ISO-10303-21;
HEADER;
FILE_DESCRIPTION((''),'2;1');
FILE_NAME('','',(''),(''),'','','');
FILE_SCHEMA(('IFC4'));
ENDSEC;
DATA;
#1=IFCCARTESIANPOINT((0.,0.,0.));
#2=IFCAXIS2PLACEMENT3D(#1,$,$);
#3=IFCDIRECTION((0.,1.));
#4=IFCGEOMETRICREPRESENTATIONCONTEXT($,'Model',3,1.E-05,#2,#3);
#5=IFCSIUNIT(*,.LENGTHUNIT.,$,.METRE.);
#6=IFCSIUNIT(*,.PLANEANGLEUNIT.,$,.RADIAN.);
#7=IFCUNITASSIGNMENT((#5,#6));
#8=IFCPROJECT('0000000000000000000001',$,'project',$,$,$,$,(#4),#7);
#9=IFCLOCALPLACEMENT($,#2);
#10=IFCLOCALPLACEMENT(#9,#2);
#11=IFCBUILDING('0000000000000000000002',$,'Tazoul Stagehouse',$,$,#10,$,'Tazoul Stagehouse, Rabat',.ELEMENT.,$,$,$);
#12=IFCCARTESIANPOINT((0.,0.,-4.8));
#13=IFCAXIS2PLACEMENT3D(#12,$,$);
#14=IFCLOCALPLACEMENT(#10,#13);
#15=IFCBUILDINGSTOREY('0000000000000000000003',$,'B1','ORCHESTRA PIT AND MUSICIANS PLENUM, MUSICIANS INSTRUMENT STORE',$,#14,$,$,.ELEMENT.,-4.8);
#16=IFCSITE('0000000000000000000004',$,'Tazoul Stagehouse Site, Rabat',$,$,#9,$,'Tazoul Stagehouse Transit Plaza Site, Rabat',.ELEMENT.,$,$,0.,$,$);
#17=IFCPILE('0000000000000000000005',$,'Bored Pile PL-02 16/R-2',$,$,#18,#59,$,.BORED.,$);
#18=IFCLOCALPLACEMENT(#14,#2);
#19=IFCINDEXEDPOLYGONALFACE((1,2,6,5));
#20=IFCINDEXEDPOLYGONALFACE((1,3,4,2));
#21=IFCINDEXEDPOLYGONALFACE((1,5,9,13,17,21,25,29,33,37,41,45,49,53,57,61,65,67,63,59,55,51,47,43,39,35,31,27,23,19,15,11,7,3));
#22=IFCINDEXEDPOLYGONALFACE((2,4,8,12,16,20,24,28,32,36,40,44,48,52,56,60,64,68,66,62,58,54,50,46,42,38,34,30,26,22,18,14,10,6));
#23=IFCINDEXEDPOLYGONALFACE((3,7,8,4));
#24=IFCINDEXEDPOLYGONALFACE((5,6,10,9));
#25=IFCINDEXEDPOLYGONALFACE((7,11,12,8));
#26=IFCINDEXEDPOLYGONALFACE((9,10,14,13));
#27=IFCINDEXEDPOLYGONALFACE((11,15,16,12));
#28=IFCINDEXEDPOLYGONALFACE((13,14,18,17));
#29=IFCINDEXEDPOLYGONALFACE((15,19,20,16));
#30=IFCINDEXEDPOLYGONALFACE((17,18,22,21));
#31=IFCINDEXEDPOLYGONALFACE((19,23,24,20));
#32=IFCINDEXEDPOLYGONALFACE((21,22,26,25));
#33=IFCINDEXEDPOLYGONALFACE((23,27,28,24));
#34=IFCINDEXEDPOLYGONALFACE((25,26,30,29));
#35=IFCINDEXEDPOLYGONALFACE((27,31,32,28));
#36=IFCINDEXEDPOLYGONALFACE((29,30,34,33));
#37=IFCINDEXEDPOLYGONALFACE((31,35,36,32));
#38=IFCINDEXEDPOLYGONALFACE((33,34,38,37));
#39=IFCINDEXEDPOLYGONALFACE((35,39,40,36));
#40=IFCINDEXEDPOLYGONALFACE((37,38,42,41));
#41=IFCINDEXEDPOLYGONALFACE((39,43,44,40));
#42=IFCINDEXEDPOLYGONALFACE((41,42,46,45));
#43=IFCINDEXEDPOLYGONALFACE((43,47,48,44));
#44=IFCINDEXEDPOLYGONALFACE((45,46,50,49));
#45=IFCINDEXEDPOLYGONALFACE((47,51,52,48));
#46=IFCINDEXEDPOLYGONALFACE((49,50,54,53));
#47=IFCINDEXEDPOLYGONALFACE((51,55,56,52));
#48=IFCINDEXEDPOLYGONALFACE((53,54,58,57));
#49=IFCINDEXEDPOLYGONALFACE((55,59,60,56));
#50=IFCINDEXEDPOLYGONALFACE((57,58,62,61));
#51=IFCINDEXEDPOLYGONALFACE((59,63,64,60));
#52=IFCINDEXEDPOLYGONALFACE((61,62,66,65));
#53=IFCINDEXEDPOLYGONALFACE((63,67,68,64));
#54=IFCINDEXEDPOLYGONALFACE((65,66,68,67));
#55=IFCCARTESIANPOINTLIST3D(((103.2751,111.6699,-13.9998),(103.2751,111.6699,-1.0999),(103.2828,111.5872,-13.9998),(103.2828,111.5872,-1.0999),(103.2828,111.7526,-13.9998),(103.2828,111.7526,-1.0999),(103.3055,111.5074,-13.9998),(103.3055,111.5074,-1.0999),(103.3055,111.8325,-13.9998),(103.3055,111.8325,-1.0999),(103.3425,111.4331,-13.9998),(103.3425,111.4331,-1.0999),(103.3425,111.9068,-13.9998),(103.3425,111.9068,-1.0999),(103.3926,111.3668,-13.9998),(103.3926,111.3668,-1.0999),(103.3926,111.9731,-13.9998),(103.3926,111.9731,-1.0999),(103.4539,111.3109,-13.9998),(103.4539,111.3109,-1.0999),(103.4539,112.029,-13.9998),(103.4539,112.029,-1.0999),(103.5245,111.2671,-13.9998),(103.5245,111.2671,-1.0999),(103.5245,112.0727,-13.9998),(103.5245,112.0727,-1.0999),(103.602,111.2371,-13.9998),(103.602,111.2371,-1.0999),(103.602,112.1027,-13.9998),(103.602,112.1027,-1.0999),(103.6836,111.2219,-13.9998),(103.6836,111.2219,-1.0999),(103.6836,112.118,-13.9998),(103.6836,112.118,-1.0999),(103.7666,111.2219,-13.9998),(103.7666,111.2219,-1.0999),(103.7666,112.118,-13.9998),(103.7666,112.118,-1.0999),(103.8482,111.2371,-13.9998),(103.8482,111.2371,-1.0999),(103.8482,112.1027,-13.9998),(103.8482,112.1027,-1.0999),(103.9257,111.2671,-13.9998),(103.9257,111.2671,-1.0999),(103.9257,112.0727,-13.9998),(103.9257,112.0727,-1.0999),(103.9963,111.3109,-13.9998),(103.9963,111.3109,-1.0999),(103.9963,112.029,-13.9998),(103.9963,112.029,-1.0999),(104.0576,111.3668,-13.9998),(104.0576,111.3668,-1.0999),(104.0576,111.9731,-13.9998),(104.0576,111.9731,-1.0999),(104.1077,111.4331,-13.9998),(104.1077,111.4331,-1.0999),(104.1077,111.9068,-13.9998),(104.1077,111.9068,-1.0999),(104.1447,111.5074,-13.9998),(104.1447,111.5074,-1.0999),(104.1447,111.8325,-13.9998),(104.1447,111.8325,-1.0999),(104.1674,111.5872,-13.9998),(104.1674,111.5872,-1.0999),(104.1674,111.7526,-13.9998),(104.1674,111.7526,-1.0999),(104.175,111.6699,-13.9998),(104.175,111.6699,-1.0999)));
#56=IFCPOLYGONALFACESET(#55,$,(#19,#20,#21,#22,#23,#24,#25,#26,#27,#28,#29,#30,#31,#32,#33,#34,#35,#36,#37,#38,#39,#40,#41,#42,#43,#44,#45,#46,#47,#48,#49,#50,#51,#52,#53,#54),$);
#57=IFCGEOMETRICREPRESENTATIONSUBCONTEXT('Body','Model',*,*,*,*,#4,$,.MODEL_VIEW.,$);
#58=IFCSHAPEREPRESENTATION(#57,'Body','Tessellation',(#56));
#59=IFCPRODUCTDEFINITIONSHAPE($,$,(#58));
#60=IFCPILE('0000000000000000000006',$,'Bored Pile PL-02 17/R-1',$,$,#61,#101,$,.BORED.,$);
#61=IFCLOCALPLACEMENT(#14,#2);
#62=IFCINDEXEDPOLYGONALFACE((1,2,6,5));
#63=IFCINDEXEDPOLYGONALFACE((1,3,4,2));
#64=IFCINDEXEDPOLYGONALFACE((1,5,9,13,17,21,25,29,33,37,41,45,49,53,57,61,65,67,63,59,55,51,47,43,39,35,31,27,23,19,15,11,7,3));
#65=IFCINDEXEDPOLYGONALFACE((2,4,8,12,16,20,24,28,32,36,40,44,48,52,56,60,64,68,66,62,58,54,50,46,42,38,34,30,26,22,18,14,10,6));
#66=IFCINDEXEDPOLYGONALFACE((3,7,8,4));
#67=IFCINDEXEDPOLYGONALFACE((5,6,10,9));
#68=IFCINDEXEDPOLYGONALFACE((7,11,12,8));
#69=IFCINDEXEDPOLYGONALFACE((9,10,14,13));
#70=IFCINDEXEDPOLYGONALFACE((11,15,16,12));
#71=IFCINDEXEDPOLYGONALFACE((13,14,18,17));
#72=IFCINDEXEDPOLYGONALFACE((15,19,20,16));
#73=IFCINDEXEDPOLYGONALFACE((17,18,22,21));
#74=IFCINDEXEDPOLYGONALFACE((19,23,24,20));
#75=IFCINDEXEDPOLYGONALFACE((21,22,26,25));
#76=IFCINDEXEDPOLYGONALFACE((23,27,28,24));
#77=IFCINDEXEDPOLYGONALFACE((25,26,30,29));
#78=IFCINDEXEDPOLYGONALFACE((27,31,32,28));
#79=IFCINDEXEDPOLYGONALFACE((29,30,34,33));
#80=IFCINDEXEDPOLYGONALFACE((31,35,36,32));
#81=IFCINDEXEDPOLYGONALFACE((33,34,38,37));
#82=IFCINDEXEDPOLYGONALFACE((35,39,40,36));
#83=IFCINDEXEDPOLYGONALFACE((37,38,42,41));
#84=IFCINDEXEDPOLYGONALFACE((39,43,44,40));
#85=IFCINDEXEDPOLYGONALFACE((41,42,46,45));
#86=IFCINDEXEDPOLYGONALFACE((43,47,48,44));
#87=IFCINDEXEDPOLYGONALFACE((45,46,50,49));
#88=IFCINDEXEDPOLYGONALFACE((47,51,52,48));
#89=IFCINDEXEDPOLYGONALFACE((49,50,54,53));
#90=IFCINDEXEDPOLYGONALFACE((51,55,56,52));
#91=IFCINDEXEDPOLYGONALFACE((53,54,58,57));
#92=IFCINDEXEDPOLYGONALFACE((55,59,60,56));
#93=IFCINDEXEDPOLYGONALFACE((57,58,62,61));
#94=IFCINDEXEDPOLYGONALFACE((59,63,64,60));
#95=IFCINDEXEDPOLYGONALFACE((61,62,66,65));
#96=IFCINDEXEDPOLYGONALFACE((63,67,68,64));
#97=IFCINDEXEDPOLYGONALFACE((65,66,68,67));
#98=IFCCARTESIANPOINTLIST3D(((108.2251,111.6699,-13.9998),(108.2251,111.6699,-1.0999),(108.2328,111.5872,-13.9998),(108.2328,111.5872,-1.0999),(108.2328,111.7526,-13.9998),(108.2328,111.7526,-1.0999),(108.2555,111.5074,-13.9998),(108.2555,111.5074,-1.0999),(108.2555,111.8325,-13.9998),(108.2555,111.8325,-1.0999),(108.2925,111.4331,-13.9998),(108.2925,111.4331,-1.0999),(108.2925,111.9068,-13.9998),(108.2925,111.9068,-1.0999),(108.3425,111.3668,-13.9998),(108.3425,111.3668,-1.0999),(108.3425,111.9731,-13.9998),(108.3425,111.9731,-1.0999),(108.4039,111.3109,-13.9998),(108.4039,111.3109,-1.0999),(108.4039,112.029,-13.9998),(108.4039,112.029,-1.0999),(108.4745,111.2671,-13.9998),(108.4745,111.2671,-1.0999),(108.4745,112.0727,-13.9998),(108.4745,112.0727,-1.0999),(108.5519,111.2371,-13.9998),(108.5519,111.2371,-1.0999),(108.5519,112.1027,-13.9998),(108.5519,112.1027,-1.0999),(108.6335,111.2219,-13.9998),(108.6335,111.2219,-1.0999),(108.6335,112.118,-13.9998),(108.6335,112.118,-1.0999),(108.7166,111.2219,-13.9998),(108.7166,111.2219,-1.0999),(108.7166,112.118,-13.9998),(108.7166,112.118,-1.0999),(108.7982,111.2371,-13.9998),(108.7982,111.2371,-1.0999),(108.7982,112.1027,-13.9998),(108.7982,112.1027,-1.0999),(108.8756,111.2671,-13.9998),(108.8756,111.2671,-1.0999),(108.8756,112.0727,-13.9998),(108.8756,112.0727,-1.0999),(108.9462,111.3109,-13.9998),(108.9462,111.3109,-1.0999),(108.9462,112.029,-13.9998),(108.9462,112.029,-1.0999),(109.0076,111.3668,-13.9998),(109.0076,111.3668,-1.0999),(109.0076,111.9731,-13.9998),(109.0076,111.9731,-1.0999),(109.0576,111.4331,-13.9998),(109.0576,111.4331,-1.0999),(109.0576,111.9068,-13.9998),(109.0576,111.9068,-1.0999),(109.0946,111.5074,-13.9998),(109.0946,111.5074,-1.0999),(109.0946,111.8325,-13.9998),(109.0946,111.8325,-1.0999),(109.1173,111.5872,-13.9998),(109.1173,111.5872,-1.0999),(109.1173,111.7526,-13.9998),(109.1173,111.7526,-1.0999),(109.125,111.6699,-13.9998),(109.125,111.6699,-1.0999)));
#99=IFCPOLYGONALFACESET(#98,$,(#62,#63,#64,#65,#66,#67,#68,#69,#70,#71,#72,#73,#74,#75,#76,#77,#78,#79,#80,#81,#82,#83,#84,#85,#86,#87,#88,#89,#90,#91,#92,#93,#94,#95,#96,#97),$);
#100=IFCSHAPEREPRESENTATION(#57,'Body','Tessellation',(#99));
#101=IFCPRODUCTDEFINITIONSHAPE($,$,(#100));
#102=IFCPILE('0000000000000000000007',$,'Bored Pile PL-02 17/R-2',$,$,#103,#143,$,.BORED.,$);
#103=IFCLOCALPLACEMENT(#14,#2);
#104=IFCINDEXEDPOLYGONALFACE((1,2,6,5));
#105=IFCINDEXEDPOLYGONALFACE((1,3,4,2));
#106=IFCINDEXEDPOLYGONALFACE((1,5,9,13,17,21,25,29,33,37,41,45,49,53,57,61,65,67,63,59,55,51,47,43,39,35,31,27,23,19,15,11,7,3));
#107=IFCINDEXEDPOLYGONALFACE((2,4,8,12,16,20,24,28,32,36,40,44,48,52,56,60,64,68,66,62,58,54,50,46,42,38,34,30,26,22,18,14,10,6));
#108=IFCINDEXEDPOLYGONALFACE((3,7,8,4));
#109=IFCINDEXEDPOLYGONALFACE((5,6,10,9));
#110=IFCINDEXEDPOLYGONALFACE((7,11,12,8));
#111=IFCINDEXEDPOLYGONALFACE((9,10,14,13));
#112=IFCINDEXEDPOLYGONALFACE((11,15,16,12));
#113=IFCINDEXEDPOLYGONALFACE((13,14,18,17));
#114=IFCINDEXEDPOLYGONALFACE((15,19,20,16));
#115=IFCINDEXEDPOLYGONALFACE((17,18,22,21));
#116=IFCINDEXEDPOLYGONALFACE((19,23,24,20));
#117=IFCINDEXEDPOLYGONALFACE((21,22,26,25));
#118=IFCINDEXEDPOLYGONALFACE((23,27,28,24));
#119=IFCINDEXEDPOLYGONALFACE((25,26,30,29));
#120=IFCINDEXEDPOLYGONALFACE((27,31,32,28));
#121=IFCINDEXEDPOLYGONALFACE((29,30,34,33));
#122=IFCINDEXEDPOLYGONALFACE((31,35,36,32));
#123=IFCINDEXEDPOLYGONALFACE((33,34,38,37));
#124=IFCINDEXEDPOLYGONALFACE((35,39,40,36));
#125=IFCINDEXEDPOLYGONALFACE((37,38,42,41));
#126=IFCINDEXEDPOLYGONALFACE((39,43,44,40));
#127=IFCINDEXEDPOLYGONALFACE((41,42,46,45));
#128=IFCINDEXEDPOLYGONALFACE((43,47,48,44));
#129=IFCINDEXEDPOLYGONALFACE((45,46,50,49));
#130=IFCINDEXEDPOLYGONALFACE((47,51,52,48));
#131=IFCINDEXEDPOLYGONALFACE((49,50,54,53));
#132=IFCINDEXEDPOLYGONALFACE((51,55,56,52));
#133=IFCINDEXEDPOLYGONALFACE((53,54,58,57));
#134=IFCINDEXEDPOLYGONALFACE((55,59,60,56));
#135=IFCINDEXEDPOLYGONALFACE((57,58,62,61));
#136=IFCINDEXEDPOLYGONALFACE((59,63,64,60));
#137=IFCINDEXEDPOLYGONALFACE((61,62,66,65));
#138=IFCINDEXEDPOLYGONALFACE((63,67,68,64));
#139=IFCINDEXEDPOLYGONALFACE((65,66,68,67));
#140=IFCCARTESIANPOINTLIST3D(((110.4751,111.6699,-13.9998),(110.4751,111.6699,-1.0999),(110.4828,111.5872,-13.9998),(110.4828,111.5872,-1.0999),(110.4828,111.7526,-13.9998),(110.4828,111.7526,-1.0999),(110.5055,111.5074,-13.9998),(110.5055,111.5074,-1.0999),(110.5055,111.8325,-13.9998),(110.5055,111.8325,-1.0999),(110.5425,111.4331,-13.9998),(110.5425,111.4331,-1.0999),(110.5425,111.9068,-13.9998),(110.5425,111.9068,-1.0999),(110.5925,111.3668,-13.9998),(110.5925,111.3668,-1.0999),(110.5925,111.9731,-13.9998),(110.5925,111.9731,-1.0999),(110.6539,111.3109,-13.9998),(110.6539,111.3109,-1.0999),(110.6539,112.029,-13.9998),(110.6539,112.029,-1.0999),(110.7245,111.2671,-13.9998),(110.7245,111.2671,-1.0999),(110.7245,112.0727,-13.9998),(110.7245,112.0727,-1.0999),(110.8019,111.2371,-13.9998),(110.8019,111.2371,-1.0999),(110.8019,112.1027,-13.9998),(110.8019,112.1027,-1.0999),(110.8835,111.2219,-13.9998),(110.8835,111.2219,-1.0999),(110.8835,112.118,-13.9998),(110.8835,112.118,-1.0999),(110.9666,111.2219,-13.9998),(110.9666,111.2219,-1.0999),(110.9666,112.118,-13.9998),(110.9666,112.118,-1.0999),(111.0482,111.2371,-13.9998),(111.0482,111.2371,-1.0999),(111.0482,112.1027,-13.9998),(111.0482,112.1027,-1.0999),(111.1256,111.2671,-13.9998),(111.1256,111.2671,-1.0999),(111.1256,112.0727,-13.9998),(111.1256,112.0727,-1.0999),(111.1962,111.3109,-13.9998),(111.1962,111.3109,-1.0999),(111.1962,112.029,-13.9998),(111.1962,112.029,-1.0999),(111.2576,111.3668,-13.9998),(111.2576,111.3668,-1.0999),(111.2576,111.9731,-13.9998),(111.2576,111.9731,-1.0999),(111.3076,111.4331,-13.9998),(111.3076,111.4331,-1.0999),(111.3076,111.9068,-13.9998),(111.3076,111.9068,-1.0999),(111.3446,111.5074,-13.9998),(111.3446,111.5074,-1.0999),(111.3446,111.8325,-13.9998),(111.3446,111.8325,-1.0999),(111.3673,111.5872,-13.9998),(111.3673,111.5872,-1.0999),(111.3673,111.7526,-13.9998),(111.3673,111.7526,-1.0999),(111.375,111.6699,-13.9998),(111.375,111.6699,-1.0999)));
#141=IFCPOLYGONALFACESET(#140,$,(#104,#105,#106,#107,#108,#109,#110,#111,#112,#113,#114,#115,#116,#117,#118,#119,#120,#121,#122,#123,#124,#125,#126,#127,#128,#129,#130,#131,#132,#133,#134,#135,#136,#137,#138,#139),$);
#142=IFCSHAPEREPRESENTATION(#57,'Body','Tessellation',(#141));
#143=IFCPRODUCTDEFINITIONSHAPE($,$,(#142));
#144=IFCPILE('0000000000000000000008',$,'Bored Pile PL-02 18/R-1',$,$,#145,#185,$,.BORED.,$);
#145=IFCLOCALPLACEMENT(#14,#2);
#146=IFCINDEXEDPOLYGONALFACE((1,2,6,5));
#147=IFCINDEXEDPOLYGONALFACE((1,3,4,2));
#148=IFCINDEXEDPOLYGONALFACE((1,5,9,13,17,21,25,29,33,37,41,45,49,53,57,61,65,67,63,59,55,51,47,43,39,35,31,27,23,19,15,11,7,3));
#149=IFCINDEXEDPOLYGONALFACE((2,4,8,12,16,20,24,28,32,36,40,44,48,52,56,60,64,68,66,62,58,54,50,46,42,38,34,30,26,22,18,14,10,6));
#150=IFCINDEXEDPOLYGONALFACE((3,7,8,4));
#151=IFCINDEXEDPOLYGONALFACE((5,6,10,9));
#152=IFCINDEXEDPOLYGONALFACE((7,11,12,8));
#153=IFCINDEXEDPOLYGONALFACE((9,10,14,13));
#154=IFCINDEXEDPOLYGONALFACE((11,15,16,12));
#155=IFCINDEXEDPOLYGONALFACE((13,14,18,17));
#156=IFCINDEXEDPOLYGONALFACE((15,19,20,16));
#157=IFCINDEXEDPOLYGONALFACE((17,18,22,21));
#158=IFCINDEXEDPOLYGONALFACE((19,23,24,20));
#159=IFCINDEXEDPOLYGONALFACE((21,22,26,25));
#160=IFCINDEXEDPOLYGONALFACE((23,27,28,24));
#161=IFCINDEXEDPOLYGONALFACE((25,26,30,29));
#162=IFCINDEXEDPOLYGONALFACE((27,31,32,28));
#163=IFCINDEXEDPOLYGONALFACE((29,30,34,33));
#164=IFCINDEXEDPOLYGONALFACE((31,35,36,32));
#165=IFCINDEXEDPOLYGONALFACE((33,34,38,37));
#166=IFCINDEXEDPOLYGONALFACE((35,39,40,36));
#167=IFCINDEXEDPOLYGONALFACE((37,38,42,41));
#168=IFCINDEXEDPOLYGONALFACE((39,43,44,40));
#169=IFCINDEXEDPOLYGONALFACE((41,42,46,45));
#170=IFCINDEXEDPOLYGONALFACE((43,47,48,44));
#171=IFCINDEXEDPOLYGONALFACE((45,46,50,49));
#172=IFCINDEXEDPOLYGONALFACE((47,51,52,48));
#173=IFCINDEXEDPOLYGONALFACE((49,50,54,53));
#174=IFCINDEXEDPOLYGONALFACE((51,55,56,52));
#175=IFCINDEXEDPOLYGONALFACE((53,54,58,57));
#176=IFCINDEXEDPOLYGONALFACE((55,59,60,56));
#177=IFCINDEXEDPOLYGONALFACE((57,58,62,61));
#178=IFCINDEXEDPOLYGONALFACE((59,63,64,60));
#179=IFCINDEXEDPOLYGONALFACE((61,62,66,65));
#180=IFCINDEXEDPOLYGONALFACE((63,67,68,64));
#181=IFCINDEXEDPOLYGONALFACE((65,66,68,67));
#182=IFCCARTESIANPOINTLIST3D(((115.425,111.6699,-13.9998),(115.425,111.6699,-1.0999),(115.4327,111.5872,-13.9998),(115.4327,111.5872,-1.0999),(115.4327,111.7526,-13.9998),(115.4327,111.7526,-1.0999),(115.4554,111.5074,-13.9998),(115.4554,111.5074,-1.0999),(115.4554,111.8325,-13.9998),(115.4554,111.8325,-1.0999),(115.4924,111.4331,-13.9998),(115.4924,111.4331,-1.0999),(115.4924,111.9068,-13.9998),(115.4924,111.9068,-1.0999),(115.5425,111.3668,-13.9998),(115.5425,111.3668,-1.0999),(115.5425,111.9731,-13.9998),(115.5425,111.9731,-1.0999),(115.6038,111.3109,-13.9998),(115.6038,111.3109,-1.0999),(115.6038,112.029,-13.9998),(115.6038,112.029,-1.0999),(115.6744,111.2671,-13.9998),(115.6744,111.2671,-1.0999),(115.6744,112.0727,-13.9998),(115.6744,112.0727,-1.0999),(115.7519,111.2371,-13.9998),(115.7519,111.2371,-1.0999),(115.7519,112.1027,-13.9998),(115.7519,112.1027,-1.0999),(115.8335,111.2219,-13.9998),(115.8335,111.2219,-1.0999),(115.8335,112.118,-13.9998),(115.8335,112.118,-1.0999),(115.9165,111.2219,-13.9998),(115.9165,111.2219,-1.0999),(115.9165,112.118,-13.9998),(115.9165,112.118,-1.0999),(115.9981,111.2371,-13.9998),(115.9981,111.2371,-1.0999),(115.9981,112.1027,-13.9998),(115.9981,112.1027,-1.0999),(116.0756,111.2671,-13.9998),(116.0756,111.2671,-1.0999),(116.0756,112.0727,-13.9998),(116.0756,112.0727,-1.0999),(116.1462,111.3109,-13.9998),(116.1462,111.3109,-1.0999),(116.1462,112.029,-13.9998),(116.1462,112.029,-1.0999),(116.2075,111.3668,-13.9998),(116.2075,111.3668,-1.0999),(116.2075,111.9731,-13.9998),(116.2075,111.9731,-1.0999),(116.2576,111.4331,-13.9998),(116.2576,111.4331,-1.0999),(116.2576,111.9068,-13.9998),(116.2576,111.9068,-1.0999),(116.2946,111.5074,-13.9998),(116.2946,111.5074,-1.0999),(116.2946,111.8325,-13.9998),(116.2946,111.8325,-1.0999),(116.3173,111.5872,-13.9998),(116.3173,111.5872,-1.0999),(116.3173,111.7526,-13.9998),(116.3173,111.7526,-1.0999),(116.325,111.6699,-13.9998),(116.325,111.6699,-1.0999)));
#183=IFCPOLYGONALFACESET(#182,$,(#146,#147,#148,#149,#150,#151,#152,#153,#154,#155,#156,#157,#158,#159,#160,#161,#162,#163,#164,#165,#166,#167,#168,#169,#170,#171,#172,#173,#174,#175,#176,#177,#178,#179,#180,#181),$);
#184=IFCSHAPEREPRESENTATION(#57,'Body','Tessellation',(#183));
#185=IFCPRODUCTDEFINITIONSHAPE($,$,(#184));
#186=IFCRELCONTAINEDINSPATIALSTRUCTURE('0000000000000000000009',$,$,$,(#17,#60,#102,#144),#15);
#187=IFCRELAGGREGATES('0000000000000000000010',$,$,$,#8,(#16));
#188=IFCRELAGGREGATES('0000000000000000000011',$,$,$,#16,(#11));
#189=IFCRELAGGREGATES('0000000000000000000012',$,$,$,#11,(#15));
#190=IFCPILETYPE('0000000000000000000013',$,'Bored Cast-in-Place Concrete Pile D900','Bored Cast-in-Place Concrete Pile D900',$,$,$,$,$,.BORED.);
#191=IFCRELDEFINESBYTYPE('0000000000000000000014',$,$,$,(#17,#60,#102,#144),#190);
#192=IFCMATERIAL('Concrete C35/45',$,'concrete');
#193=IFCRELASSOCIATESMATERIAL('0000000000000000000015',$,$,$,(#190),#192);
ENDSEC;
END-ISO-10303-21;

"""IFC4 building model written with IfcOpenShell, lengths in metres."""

from ifc_helpers import new_model, si_unit, direction, frame, origin, origin_2d, place, context, subcontext, project, spatial, circle, extrude, material, material_profile, profile_set, type_object, element, save


model = new_model("IFC4")

# Units and contexts
model_context = context("Model", 3, precision=1e-05, world=origin(), true_north=direction((0.0, 1.0)))
body_context = subcontext(model_context, "Body", "Model", "MODEL_VIEW")
ifc_project = project(units=[si_unit("LENGTHUNIT", "METRE"), si_unit("PLANEANGLEUNIT", "RADIAN")], contexts=[model_context])

# Site, building, storey
site_placement = place(None, origin())
site = spatial("IfcSite", under=ifc_project, at=site_placement, Name="Tazoul Stagehouse Site, Rabat", LongName="Tazoul Stagehouse Transit Plaza Site, Rabat", CompositionType="ELEMENT", RefElevation=0.0)
building_placement = place(site_placement, origin())
building = spatial("IfcBuilding", under=site, at=building_placement, Name="Tazoul Stagehouse", LongName="Tazoul Stagehouse, Rabat", CompositionType="ELEMENT")
storey_placement = place(building_placement, frame((0.0, 0.0, -4.8)))
storey = spatial("IfcBuildingStorey", under=building, at=storey_placement, Name="B1", Description="ORCHESTRA PIT AND MUSICIANS PLENUM, MUSICIANS INSTRUMENT STORE", CompositionType="ELEMENT", Elevation=-4.8)

# Piles
ifc_material_1 = material(Name="Concrete C35/45", Category="concrete")
ifc_material_profile_1 = material_profile(ifc_material_1, circle(Radius=0.45, at=origin_2d()), Name="BORED PILE 900")
ifc_profile_set_1 = profile_set([ifc_material_profile_1], Name="Concrete C35/45")
pile_type_1 = type_object("IfcPileType", Name="Bored Cast-in-Place Concrete Pile D900", Description="Bored Cast-in-Place Concrete Pile D900", PredefinedType="BORED", material=ifc_profile_set_1)
for number, where, z_axis, x_axis, name in (
    (1, (103.7251, 111.6699, -1.0999), (0.0, 0.0, -1.0), (1.0, 0.0, 0.0), "Bored Pile PL-02 16/R-2"),
    (2, (108.675, 111.6699, -1.0999), (0.0, 0.0, -1.0), (1.0, 0.0, 0.0), "Bored Pile PL-02 17/R-1"),
    (3, (110.925, 111.6699, -1.0999), (0.0, 0.0, -1.0), (1.0, 0.0, 0.0), "Bored Pile PL-02 17/R-2"),
    (4, (115.875, 111.6699, -1.0999), (0.0, 0.0, -1.0), (1.0, 0.0, 0.0), "Bored Pile PL-02 18/R-1"),
):
    element("IfcPile", number, at=place(storey_placement, frame(where, z_axis=z_axis, x_axis=x_axis)), inside=storey, type_object=pile_type_1, Name=name, PredefinedType="BORED", context=body_context, shape_type="SweptSolid", body=[
        extrude(circle(Radius=0.45, at=origin_2d()), origin(), (0.0, 0.0, 1.0), 12.8999),
    ])

save(model, "model.ifc")
